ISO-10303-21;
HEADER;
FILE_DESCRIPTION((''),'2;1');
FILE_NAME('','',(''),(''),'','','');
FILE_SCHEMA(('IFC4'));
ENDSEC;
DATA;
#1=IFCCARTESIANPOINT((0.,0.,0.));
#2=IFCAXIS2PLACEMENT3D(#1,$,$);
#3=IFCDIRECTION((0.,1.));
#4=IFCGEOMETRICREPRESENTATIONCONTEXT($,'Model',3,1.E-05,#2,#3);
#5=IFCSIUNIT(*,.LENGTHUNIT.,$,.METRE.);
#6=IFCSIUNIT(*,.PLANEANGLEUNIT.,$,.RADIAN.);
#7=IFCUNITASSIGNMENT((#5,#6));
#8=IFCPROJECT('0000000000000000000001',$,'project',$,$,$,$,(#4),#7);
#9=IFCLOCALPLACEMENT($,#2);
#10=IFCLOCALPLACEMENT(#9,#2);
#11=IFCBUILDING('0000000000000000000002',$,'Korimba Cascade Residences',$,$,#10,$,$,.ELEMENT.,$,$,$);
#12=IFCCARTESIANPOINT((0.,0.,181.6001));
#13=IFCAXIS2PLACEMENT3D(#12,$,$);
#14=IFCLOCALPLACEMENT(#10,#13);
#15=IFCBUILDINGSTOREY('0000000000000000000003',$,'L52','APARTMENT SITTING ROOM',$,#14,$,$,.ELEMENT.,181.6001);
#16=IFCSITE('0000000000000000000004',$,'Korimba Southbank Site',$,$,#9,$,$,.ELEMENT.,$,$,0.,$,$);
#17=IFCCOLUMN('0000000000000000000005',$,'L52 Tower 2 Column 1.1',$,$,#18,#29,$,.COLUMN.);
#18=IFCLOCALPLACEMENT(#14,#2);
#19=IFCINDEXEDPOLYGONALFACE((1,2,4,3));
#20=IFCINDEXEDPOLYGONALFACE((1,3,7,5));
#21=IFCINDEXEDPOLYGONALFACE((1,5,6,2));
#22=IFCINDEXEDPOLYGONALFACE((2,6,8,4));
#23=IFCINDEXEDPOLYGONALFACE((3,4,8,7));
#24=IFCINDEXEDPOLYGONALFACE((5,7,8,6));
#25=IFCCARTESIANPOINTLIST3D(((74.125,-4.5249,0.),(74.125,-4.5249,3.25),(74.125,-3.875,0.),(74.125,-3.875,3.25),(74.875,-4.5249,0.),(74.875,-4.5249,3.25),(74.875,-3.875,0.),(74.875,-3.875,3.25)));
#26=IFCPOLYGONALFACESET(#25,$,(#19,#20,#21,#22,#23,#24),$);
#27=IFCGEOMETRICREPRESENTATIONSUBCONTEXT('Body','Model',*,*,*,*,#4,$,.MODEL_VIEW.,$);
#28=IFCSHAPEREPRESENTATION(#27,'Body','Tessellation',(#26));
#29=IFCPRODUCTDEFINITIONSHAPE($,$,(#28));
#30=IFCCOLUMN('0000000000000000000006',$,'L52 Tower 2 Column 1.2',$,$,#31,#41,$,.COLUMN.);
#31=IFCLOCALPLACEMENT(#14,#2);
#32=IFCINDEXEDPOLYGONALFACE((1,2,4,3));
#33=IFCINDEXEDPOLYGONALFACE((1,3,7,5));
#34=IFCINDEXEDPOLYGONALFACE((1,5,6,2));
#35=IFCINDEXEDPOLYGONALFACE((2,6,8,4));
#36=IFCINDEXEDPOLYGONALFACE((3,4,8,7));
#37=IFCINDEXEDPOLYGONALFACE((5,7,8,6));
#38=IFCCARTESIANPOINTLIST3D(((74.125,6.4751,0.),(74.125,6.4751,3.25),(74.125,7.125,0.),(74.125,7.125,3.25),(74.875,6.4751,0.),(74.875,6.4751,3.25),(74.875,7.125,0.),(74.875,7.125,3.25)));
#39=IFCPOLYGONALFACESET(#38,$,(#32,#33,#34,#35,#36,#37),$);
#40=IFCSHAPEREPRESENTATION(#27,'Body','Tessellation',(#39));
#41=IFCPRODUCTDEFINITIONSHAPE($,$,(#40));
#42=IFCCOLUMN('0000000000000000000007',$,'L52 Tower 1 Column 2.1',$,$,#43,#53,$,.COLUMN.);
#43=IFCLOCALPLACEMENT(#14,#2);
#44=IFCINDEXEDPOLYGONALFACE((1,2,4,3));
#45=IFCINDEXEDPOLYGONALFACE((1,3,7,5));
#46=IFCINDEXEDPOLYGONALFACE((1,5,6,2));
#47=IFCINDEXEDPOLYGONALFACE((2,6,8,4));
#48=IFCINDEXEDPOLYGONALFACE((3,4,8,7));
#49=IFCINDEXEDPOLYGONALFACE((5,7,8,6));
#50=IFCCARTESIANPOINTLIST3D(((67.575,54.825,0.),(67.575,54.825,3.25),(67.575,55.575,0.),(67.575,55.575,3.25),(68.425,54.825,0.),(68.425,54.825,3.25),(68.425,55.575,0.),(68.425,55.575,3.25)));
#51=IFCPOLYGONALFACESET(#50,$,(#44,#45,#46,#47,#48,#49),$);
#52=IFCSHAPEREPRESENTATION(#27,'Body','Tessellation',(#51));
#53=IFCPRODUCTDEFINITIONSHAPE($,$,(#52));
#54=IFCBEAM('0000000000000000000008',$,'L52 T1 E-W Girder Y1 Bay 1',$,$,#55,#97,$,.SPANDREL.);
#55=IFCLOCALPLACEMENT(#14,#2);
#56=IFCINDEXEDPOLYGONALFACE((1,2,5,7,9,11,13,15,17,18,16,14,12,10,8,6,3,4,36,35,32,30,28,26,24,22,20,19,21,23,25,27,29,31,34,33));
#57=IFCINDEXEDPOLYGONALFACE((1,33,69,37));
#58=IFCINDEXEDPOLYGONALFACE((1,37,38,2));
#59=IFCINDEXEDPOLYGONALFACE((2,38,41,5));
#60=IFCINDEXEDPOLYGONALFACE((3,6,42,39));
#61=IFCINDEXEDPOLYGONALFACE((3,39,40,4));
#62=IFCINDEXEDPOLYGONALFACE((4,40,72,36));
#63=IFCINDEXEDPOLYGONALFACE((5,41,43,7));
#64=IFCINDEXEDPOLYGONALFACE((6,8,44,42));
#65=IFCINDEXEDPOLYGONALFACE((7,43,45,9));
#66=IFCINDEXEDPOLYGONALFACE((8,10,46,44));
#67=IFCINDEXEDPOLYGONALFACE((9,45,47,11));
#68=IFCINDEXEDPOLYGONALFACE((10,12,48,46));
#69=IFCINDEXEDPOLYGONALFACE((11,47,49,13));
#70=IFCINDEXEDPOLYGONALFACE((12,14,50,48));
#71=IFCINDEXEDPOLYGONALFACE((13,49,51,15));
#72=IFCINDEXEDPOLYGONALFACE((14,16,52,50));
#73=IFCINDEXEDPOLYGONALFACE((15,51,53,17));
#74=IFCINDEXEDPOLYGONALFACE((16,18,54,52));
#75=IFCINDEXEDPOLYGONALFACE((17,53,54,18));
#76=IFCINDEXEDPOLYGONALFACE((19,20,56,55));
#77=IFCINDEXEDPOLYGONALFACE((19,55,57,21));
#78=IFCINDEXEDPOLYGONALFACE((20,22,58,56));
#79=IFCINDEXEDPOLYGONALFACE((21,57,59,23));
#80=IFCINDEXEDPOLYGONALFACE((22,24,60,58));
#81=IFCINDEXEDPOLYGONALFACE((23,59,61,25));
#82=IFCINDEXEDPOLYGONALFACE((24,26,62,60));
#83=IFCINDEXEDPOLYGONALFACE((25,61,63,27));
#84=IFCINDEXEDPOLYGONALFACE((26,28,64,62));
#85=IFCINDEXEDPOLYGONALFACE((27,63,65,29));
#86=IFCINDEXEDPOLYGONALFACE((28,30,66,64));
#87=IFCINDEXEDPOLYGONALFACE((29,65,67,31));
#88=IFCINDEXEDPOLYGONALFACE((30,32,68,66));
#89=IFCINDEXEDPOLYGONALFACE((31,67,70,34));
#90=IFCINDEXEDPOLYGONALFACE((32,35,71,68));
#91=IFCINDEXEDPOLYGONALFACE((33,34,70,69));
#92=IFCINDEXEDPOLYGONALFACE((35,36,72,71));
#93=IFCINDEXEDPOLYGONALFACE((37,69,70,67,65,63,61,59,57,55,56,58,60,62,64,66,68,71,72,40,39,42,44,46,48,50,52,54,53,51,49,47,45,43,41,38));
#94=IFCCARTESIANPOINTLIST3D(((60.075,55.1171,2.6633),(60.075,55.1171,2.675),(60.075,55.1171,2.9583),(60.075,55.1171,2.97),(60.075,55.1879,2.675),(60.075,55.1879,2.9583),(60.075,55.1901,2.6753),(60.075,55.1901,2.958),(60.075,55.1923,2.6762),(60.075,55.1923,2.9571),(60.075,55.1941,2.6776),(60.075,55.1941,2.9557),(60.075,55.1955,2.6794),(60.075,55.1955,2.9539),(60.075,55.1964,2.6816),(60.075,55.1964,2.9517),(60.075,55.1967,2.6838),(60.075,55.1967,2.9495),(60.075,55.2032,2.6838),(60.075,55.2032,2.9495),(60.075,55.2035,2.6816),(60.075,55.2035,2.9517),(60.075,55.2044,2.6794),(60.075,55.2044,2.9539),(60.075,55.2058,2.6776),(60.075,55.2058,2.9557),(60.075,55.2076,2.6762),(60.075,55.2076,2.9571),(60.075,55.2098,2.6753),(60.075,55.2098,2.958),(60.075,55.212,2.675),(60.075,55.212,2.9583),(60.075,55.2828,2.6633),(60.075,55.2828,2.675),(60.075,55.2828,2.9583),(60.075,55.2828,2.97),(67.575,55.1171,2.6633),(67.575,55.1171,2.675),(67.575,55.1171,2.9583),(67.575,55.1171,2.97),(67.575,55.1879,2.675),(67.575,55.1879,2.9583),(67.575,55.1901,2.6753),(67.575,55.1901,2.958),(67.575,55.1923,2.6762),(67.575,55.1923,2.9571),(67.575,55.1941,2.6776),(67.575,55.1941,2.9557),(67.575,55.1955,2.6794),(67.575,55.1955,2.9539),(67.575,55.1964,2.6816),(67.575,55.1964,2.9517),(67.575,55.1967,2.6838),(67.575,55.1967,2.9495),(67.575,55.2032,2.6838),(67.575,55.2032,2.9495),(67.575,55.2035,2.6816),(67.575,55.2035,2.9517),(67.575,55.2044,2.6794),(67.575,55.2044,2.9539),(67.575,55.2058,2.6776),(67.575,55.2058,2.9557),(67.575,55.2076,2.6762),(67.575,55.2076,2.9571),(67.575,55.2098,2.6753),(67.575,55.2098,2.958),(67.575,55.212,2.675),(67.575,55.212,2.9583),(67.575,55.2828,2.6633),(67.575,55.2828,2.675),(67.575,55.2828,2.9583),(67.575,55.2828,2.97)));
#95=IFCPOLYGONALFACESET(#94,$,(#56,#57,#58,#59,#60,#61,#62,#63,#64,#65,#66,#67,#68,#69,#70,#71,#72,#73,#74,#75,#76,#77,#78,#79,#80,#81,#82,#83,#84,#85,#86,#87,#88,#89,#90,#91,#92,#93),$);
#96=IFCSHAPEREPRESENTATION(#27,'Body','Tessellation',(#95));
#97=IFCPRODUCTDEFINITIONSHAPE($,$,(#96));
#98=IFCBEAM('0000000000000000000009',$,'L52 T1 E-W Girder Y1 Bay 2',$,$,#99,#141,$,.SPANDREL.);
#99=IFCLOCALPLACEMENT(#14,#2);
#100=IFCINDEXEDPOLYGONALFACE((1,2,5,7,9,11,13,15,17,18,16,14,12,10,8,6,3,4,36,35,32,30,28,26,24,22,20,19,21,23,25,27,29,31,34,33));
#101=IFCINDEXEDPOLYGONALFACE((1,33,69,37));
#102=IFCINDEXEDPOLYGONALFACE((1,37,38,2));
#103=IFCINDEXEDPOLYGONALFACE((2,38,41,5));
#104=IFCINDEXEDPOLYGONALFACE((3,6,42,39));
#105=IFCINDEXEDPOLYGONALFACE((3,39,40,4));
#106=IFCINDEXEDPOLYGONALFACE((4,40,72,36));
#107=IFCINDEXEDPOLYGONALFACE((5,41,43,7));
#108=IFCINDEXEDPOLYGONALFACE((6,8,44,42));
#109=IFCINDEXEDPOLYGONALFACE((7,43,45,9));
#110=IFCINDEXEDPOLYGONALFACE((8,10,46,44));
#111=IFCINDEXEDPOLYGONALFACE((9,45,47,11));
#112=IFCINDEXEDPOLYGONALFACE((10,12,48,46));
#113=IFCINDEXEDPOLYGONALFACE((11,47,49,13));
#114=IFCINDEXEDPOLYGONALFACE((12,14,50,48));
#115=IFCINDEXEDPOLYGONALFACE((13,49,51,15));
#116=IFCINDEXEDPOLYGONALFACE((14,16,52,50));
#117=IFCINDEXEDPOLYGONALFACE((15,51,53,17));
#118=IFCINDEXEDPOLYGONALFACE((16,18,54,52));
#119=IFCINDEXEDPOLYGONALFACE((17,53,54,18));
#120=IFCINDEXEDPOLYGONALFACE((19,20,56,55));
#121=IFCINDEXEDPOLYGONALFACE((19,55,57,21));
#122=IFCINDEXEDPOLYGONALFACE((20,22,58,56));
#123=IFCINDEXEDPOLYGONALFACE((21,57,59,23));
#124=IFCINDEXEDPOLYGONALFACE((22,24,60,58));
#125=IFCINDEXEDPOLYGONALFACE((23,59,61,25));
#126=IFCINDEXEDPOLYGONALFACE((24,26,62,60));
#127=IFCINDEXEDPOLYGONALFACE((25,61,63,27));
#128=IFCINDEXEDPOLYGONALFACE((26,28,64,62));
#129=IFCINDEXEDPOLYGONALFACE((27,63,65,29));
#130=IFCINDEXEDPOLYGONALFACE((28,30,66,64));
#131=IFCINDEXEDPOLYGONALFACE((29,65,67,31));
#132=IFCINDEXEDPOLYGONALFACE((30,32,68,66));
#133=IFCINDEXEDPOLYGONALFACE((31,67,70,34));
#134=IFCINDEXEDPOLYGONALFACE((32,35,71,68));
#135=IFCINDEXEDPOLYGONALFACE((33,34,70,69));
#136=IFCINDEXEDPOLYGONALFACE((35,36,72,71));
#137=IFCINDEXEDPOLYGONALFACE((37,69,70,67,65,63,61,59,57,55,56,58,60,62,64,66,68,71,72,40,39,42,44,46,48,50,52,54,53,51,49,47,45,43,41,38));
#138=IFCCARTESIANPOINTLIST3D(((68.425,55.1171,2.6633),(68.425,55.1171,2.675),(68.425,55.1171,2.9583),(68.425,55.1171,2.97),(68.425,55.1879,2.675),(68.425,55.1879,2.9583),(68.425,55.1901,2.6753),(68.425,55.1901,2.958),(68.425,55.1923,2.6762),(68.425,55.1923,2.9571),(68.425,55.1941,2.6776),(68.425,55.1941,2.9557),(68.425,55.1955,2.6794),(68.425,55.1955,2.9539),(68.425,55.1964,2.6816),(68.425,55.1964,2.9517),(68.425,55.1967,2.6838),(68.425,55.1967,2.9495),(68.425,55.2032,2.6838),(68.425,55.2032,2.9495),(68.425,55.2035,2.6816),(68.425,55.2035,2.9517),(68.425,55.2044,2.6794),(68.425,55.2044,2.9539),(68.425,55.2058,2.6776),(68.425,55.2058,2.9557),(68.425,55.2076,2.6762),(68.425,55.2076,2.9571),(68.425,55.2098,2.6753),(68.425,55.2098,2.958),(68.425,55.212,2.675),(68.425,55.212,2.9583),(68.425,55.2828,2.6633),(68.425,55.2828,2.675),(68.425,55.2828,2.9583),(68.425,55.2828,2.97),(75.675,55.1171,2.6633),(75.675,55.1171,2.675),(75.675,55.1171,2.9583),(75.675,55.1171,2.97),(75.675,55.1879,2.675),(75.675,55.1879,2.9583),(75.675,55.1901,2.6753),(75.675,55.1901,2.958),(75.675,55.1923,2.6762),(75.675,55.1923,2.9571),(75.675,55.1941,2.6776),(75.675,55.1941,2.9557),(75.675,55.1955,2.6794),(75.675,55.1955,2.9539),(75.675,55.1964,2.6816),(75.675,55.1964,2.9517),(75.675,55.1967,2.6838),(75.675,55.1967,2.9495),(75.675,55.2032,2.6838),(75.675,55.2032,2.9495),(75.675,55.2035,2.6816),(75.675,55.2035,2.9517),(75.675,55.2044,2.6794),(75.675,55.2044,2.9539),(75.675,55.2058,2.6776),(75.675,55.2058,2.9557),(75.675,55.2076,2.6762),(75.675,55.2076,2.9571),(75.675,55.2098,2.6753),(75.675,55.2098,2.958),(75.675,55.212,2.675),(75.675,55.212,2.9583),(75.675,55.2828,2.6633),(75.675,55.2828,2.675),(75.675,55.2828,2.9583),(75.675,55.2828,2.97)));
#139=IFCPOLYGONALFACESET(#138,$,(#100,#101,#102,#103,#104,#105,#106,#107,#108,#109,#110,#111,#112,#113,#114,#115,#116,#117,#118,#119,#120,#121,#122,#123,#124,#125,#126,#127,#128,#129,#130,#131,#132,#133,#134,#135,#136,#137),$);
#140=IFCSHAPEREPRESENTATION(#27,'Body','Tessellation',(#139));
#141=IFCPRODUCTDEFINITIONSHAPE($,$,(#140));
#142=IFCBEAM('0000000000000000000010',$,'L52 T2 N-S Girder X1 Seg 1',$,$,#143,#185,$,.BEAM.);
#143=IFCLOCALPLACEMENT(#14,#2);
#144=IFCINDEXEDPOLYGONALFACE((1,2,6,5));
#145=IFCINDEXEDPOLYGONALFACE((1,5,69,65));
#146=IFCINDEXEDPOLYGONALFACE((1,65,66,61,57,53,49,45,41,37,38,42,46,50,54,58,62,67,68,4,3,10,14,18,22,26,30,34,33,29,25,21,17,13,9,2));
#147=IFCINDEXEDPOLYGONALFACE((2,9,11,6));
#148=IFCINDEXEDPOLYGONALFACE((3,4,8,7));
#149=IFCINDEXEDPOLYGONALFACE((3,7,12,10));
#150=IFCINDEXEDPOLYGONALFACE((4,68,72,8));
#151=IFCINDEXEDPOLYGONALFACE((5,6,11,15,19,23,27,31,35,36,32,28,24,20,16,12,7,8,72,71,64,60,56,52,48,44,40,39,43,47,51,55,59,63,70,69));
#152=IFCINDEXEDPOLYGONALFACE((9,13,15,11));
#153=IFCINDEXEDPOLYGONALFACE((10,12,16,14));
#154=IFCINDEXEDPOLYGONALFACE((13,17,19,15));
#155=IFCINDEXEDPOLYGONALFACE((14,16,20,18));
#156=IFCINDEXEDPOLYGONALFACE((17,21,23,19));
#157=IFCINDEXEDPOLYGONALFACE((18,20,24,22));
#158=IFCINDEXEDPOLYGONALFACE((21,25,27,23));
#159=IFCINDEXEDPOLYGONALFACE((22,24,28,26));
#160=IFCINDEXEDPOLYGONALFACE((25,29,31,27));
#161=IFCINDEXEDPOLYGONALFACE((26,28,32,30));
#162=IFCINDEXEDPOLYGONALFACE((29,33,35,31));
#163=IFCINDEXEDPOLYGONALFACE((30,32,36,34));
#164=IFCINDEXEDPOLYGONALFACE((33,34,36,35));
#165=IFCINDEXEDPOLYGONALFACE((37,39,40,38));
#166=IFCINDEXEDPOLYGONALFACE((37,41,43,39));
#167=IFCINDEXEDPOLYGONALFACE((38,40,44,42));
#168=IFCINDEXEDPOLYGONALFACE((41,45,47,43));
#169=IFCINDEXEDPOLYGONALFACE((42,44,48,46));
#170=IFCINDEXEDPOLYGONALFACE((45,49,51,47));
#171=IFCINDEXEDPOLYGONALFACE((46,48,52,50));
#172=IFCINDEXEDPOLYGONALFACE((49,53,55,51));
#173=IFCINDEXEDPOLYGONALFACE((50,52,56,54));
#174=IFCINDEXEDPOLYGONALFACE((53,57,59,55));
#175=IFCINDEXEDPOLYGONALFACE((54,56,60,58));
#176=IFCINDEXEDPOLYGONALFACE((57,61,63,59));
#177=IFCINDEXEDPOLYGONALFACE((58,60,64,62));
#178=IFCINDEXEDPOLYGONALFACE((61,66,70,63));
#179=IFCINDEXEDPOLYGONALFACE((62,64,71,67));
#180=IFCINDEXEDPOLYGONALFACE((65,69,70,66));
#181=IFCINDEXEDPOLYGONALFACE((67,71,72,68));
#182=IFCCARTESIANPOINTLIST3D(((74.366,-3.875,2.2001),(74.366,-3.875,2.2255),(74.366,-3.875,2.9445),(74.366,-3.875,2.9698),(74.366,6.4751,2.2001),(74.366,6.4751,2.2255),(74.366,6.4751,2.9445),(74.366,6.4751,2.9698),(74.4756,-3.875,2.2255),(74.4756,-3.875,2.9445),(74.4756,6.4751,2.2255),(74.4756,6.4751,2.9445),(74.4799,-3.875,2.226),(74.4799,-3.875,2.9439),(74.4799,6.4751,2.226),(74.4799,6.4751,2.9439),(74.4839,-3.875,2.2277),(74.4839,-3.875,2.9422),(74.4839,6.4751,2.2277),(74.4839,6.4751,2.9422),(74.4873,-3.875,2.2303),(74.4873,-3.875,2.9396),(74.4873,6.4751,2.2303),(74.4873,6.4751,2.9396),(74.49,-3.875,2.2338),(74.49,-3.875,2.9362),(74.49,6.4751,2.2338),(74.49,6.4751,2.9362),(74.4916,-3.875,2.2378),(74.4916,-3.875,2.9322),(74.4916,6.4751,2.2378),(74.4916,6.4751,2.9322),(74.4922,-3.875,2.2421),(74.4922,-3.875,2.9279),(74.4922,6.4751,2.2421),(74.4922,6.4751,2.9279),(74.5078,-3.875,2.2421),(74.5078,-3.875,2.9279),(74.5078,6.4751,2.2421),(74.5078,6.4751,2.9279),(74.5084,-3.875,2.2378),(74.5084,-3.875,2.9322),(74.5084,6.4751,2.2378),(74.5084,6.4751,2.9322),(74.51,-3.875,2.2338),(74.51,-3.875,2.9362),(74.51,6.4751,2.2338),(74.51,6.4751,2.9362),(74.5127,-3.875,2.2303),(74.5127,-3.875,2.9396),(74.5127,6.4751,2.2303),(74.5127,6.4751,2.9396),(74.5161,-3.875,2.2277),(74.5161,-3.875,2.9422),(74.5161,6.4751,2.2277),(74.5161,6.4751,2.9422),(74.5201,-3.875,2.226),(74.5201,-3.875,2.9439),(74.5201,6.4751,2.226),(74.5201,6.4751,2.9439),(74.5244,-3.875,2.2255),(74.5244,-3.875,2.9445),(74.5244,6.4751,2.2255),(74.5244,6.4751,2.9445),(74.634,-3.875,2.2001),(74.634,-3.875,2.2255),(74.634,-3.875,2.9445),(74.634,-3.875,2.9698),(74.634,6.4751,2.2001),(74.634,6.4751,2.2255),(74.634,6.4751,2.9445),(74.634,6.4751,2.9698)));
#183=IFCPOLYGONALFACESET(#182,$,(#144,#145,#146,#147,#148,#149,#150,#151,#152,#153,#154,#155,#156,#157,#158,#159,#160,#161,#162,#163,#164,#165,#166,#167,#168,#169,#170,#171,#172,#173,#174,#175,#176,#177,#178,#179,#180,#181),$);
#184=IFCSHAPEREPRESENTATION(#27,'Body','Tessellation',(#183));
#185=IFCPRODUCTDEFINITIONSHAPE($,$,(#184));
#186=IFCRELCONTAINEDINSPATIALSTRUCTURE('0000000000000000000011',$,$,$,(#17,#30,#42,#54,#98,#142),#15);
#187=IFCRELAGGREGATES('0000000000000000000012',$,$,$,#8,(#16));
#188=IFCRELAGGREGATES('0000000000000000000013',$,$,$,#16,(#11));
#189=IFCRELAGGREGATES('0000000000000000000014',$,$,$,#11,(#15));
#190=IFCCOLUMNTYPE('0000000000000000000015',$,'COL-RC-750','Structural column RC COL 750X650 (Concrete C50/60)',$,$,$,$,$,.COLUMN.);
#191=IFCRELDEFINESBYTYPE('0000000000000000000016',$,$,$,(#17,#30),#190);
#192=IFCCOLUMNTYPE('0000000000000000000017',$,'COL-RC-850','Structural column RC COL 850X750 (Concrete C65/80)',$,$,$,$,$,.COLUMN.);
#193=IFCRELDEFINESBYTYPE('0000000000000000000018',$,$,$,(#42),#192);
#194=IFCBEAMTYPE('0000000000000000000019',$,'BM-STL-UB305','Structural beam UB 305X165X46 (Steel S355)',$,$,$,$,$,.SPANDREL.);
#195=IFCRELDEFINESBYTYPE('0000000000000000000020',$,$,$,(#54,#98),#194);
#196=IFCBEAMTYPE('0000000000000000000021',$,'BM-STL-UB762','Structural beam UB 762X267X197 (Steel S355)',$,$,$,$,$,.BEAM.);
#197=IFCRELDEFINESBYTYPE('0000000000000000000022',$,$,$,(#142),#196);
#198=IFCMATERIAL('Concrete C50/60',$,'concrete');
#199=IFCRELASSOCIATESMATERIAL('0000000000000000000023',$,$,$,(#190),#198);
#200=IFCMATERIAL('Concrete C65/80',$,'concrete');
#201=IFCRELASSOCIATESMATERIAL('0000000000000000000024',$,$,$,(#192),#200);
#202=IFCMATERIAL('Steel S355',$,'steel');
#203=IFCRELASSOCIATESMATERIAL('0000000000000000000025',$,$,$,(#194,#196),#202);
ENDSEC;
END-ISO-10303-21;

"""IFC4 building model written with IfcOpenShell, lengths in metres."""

from ifc_helpers import new_model, si_unit, direction, frame, origin, origin_2d, place, context, subcontext, project, spatial, rectangle, i_section, extrude, material, material_profile, profile_set, type_object, element, save


model = new_model("IFC4")

# Units and contexts
model_context = context("Model", 3, precision=1e-05, world=origin(), true_north=direction((0.0, 1.0)))
body_context = subcontext(model_context, "Body", "Model", "MODEL_VIEW")
ifc_project = project(units=[si_unit("LENGTHUNIT", "METRE"), si_unit("PLANEANGLEUNIT", "RADIAN")], contexts=[model_context])

# Site, building, storey
site_placement = place(None, origin())
site = spatial("IfcSite", under=ifc_project, at=site_placement, Name="Korimba Southbank Site", CompositionType="ELEMENT", RefElevation=0.0)
building_placement = place(site_placement, origin())
building = spatial("IfcBuilding", under=site, at=building_placement, Name="Korimba Cascade Residences", CompositionType="ELEMENT")
storey_placement = place(building_placement, frame((0.0, 0.0, 181.6001)))
storey = spatial("IfcBuildingStorey", under=building, at=storey_placement, Name="L52", Description="APARTMENT SITTING ROOM", CompositionType="ELEMENT", Elevation=181.6001)

# Columns
ifc_material_1 = material(Name="Concrete C50/60", Category="concrete")
ifc_material_profile_1 = material_profile(ifc_material_1, rectangle(XDim=0.75, YDim=0.6499, at=origin_2d()), Name="Concrete C50/60")
ifc_profile_set_1 = profile_set([ifc_material_profile_1], Name="Concrete C50/60")
column_type_1 = type_object("IfcColumnType", Name="COL-RC-750", Description="Structural column RC COL 750X650 (Concrete C50/60)", PredefinedType="COLUMN", material=ifc_profile_set_1)
for number, where, z_axis, x_axis, name in (
    (1, (74.5, -4.2, 0.0), (0.0, 0.0, 1.0), (1.0, 0.0, 0.0), "L52 Tower 2 Column 1.1"),
    (2, (74.5, 6.8, 0.0), (0.0, 0.0, 1.0), (1.0, 0.0, 0.0), "L52 Tower 2 Column 1.2"),
):
    element("IfcColumn", number, at=place(storey_placement, frame(where, z_axis=z_axis, x_axis=x_axis)), inside=storey, type_object=column_type_1, Name=name, PredefinedType="COLUMN", context=body_context, shape_type="SweptSolid", body=[
        extrude(rectangle(XDim=0.75, YDim=0.6499, at=origin_2d()), origin(), (0.0, 0.0, 1.0), 3.25),
    ])
ifc_material_2 = material(Name="Concrete C65/80", Category="concrete")
ifc_material_profile_2 = material_profile(ifc_material_2, rectangle(XDim=0.8501, YDim=0.75, at=origin_2d()), Name="Concrete C65/80")
ifc_profile_set_2 = profile_set([ifc_material_profile_2], Name="Concrete C65/80")
column_type_2 = type_object("IfcColumnType", Name="COL-RC-850", Description="Structural column RC COL 850X750 (Concrete C65/80)", PredefinedType="COLUMN", material=ifc_profile_set_2)
column_placement = place(storey_placement, frame((68.0, 55.2, 0.0), z_axis=(0.0, 0.0, 1.0), x_axis=(1.0, 0.0, 0.0)))
element("IfcColumn", 3, at=column_placement, inside=storey, type_object=column_type_2, Name="L52 Tower 1 Column 2.1", PredefinedType="COLUMN", context=body_context, shape_type="SweptSolid", body=[
    extrude(rectangle(XDim=0.8501, YDim=0.75, at=origin_2d()), origin(), (0.0, 0.0, 1.0), 3.25),
])

# Beams
ifc_material_3 = material(Name="Steel S355", Category="steel")
ifc_material_profile_3 = material_profile(ifc_material_3, i_section(OverallWidth=0.1658, OverallDepth=0.3066, WebThickness=0.0066, FlangeThickness=0.0117, FilletRadius=0.0088, at=origin_2d()), Name="Steel S355")
ifc_profile_set_3 = profile_set([ifc_material_profile_3], Name="Steel S355")
beam_type_1 = type_object("IfcBeamType", Name="BM-STL-UB305", Description="Structural beam UB 305X165X46 (Steel S355)", PredefinedType="SPANDREL", material=ifc_profile_set_3)
beam_1_placement = place(storey_placement, frame((60.075, 55.2, 2.8167), z_axis=(1.0, 0.0, 0.0), x_axis=(0.0, 1.0, 0.0)))
element("IfcBeam", 4, at=beam_1_placement, inside=storey, type_object=beam_type_1, Name="L52 T1 E-W Girder Y1 Bay 1", PredefinedType="SPANDREL", context=body_context, shape_type="SweptSolid", body=[
    extrude(i_section(OverallWidth=0.1658, OverallDepth=0.3066, WebThickness=0.0066, FlangeThickness=0.0117, FilletRadius=0.0088, at=origin_2d()), origin(), (0.0, 0.0, 1.0), 7.5),
])
beam_2_placement = place(storey_placement, frame((68.425, 55.2, 2.8167), z_axis=(1.0, 0.0, 0.0), x_axis=(0.0, 1.0, 0.0)))
element("IfcBeam", 5, at=beam_2_placement, inside=storey, type_object=beam_type_1, Name="L52 T1 E-W Girder Y1 Bay 2", PredefinedType="SPANDREL", context=body_context, shape_type="SweptSolid", body=[
    extrude(i_section(OverallWidth=0.1658, OverallDepth=0.3066, WebThickness=0.0066, FlangeThickness=0.0117, FilletRadius=0.0088, at=origin_2d()), origin(), (0.0, 0.0, 1.0), 7.25),
])
ifc_material_profile_4 = material_profile(ifc_material_3, i_section(OverallWidth=0.2681, OverallDepth=0.7698, WebThickness=0.0156, FlangeThickness=0.0254, FilletRadius=0.0166, at=origin_2d()), Name="Steel S355")
ifc_profile_set_4 = profile_set([ifc_material_profile_4], Name="Steel S355")
beam_type_2 = type_object("IfcBeamType", Name="BM-STL-UB762", Description="Structural beam UB 762X267X197 (Steel S355)", PredefinedType="BEAM", material=ifc_profile_set_4)
beam_3_placement = place(storey_placement, frame((74.5, -3.875, 2.585), z_axis=(0.0, 1.0, 0.0), x_axis=(-1.0, 0.0, 0.0)))
element("IfcBeam", 6, at=beam_3_placement, inside=storey, type_object=beam_type_2, Name="L52 T2 N-S Girder X1 Seg 1", PredefinedType="BEAM", context=body_context, shape_type="SweptSolid", body=[
    extrude(i_section(OverallWidth=0.2681, OverallDepth=0.7698, WebThickness=0.0156, FlangeThickness=0.0254, FilletRadius=0.0166, at=origin_2d()), origin(), (0.0, 0.0, 1.0), 10.3501),
])

save(model, "model.ifc")
